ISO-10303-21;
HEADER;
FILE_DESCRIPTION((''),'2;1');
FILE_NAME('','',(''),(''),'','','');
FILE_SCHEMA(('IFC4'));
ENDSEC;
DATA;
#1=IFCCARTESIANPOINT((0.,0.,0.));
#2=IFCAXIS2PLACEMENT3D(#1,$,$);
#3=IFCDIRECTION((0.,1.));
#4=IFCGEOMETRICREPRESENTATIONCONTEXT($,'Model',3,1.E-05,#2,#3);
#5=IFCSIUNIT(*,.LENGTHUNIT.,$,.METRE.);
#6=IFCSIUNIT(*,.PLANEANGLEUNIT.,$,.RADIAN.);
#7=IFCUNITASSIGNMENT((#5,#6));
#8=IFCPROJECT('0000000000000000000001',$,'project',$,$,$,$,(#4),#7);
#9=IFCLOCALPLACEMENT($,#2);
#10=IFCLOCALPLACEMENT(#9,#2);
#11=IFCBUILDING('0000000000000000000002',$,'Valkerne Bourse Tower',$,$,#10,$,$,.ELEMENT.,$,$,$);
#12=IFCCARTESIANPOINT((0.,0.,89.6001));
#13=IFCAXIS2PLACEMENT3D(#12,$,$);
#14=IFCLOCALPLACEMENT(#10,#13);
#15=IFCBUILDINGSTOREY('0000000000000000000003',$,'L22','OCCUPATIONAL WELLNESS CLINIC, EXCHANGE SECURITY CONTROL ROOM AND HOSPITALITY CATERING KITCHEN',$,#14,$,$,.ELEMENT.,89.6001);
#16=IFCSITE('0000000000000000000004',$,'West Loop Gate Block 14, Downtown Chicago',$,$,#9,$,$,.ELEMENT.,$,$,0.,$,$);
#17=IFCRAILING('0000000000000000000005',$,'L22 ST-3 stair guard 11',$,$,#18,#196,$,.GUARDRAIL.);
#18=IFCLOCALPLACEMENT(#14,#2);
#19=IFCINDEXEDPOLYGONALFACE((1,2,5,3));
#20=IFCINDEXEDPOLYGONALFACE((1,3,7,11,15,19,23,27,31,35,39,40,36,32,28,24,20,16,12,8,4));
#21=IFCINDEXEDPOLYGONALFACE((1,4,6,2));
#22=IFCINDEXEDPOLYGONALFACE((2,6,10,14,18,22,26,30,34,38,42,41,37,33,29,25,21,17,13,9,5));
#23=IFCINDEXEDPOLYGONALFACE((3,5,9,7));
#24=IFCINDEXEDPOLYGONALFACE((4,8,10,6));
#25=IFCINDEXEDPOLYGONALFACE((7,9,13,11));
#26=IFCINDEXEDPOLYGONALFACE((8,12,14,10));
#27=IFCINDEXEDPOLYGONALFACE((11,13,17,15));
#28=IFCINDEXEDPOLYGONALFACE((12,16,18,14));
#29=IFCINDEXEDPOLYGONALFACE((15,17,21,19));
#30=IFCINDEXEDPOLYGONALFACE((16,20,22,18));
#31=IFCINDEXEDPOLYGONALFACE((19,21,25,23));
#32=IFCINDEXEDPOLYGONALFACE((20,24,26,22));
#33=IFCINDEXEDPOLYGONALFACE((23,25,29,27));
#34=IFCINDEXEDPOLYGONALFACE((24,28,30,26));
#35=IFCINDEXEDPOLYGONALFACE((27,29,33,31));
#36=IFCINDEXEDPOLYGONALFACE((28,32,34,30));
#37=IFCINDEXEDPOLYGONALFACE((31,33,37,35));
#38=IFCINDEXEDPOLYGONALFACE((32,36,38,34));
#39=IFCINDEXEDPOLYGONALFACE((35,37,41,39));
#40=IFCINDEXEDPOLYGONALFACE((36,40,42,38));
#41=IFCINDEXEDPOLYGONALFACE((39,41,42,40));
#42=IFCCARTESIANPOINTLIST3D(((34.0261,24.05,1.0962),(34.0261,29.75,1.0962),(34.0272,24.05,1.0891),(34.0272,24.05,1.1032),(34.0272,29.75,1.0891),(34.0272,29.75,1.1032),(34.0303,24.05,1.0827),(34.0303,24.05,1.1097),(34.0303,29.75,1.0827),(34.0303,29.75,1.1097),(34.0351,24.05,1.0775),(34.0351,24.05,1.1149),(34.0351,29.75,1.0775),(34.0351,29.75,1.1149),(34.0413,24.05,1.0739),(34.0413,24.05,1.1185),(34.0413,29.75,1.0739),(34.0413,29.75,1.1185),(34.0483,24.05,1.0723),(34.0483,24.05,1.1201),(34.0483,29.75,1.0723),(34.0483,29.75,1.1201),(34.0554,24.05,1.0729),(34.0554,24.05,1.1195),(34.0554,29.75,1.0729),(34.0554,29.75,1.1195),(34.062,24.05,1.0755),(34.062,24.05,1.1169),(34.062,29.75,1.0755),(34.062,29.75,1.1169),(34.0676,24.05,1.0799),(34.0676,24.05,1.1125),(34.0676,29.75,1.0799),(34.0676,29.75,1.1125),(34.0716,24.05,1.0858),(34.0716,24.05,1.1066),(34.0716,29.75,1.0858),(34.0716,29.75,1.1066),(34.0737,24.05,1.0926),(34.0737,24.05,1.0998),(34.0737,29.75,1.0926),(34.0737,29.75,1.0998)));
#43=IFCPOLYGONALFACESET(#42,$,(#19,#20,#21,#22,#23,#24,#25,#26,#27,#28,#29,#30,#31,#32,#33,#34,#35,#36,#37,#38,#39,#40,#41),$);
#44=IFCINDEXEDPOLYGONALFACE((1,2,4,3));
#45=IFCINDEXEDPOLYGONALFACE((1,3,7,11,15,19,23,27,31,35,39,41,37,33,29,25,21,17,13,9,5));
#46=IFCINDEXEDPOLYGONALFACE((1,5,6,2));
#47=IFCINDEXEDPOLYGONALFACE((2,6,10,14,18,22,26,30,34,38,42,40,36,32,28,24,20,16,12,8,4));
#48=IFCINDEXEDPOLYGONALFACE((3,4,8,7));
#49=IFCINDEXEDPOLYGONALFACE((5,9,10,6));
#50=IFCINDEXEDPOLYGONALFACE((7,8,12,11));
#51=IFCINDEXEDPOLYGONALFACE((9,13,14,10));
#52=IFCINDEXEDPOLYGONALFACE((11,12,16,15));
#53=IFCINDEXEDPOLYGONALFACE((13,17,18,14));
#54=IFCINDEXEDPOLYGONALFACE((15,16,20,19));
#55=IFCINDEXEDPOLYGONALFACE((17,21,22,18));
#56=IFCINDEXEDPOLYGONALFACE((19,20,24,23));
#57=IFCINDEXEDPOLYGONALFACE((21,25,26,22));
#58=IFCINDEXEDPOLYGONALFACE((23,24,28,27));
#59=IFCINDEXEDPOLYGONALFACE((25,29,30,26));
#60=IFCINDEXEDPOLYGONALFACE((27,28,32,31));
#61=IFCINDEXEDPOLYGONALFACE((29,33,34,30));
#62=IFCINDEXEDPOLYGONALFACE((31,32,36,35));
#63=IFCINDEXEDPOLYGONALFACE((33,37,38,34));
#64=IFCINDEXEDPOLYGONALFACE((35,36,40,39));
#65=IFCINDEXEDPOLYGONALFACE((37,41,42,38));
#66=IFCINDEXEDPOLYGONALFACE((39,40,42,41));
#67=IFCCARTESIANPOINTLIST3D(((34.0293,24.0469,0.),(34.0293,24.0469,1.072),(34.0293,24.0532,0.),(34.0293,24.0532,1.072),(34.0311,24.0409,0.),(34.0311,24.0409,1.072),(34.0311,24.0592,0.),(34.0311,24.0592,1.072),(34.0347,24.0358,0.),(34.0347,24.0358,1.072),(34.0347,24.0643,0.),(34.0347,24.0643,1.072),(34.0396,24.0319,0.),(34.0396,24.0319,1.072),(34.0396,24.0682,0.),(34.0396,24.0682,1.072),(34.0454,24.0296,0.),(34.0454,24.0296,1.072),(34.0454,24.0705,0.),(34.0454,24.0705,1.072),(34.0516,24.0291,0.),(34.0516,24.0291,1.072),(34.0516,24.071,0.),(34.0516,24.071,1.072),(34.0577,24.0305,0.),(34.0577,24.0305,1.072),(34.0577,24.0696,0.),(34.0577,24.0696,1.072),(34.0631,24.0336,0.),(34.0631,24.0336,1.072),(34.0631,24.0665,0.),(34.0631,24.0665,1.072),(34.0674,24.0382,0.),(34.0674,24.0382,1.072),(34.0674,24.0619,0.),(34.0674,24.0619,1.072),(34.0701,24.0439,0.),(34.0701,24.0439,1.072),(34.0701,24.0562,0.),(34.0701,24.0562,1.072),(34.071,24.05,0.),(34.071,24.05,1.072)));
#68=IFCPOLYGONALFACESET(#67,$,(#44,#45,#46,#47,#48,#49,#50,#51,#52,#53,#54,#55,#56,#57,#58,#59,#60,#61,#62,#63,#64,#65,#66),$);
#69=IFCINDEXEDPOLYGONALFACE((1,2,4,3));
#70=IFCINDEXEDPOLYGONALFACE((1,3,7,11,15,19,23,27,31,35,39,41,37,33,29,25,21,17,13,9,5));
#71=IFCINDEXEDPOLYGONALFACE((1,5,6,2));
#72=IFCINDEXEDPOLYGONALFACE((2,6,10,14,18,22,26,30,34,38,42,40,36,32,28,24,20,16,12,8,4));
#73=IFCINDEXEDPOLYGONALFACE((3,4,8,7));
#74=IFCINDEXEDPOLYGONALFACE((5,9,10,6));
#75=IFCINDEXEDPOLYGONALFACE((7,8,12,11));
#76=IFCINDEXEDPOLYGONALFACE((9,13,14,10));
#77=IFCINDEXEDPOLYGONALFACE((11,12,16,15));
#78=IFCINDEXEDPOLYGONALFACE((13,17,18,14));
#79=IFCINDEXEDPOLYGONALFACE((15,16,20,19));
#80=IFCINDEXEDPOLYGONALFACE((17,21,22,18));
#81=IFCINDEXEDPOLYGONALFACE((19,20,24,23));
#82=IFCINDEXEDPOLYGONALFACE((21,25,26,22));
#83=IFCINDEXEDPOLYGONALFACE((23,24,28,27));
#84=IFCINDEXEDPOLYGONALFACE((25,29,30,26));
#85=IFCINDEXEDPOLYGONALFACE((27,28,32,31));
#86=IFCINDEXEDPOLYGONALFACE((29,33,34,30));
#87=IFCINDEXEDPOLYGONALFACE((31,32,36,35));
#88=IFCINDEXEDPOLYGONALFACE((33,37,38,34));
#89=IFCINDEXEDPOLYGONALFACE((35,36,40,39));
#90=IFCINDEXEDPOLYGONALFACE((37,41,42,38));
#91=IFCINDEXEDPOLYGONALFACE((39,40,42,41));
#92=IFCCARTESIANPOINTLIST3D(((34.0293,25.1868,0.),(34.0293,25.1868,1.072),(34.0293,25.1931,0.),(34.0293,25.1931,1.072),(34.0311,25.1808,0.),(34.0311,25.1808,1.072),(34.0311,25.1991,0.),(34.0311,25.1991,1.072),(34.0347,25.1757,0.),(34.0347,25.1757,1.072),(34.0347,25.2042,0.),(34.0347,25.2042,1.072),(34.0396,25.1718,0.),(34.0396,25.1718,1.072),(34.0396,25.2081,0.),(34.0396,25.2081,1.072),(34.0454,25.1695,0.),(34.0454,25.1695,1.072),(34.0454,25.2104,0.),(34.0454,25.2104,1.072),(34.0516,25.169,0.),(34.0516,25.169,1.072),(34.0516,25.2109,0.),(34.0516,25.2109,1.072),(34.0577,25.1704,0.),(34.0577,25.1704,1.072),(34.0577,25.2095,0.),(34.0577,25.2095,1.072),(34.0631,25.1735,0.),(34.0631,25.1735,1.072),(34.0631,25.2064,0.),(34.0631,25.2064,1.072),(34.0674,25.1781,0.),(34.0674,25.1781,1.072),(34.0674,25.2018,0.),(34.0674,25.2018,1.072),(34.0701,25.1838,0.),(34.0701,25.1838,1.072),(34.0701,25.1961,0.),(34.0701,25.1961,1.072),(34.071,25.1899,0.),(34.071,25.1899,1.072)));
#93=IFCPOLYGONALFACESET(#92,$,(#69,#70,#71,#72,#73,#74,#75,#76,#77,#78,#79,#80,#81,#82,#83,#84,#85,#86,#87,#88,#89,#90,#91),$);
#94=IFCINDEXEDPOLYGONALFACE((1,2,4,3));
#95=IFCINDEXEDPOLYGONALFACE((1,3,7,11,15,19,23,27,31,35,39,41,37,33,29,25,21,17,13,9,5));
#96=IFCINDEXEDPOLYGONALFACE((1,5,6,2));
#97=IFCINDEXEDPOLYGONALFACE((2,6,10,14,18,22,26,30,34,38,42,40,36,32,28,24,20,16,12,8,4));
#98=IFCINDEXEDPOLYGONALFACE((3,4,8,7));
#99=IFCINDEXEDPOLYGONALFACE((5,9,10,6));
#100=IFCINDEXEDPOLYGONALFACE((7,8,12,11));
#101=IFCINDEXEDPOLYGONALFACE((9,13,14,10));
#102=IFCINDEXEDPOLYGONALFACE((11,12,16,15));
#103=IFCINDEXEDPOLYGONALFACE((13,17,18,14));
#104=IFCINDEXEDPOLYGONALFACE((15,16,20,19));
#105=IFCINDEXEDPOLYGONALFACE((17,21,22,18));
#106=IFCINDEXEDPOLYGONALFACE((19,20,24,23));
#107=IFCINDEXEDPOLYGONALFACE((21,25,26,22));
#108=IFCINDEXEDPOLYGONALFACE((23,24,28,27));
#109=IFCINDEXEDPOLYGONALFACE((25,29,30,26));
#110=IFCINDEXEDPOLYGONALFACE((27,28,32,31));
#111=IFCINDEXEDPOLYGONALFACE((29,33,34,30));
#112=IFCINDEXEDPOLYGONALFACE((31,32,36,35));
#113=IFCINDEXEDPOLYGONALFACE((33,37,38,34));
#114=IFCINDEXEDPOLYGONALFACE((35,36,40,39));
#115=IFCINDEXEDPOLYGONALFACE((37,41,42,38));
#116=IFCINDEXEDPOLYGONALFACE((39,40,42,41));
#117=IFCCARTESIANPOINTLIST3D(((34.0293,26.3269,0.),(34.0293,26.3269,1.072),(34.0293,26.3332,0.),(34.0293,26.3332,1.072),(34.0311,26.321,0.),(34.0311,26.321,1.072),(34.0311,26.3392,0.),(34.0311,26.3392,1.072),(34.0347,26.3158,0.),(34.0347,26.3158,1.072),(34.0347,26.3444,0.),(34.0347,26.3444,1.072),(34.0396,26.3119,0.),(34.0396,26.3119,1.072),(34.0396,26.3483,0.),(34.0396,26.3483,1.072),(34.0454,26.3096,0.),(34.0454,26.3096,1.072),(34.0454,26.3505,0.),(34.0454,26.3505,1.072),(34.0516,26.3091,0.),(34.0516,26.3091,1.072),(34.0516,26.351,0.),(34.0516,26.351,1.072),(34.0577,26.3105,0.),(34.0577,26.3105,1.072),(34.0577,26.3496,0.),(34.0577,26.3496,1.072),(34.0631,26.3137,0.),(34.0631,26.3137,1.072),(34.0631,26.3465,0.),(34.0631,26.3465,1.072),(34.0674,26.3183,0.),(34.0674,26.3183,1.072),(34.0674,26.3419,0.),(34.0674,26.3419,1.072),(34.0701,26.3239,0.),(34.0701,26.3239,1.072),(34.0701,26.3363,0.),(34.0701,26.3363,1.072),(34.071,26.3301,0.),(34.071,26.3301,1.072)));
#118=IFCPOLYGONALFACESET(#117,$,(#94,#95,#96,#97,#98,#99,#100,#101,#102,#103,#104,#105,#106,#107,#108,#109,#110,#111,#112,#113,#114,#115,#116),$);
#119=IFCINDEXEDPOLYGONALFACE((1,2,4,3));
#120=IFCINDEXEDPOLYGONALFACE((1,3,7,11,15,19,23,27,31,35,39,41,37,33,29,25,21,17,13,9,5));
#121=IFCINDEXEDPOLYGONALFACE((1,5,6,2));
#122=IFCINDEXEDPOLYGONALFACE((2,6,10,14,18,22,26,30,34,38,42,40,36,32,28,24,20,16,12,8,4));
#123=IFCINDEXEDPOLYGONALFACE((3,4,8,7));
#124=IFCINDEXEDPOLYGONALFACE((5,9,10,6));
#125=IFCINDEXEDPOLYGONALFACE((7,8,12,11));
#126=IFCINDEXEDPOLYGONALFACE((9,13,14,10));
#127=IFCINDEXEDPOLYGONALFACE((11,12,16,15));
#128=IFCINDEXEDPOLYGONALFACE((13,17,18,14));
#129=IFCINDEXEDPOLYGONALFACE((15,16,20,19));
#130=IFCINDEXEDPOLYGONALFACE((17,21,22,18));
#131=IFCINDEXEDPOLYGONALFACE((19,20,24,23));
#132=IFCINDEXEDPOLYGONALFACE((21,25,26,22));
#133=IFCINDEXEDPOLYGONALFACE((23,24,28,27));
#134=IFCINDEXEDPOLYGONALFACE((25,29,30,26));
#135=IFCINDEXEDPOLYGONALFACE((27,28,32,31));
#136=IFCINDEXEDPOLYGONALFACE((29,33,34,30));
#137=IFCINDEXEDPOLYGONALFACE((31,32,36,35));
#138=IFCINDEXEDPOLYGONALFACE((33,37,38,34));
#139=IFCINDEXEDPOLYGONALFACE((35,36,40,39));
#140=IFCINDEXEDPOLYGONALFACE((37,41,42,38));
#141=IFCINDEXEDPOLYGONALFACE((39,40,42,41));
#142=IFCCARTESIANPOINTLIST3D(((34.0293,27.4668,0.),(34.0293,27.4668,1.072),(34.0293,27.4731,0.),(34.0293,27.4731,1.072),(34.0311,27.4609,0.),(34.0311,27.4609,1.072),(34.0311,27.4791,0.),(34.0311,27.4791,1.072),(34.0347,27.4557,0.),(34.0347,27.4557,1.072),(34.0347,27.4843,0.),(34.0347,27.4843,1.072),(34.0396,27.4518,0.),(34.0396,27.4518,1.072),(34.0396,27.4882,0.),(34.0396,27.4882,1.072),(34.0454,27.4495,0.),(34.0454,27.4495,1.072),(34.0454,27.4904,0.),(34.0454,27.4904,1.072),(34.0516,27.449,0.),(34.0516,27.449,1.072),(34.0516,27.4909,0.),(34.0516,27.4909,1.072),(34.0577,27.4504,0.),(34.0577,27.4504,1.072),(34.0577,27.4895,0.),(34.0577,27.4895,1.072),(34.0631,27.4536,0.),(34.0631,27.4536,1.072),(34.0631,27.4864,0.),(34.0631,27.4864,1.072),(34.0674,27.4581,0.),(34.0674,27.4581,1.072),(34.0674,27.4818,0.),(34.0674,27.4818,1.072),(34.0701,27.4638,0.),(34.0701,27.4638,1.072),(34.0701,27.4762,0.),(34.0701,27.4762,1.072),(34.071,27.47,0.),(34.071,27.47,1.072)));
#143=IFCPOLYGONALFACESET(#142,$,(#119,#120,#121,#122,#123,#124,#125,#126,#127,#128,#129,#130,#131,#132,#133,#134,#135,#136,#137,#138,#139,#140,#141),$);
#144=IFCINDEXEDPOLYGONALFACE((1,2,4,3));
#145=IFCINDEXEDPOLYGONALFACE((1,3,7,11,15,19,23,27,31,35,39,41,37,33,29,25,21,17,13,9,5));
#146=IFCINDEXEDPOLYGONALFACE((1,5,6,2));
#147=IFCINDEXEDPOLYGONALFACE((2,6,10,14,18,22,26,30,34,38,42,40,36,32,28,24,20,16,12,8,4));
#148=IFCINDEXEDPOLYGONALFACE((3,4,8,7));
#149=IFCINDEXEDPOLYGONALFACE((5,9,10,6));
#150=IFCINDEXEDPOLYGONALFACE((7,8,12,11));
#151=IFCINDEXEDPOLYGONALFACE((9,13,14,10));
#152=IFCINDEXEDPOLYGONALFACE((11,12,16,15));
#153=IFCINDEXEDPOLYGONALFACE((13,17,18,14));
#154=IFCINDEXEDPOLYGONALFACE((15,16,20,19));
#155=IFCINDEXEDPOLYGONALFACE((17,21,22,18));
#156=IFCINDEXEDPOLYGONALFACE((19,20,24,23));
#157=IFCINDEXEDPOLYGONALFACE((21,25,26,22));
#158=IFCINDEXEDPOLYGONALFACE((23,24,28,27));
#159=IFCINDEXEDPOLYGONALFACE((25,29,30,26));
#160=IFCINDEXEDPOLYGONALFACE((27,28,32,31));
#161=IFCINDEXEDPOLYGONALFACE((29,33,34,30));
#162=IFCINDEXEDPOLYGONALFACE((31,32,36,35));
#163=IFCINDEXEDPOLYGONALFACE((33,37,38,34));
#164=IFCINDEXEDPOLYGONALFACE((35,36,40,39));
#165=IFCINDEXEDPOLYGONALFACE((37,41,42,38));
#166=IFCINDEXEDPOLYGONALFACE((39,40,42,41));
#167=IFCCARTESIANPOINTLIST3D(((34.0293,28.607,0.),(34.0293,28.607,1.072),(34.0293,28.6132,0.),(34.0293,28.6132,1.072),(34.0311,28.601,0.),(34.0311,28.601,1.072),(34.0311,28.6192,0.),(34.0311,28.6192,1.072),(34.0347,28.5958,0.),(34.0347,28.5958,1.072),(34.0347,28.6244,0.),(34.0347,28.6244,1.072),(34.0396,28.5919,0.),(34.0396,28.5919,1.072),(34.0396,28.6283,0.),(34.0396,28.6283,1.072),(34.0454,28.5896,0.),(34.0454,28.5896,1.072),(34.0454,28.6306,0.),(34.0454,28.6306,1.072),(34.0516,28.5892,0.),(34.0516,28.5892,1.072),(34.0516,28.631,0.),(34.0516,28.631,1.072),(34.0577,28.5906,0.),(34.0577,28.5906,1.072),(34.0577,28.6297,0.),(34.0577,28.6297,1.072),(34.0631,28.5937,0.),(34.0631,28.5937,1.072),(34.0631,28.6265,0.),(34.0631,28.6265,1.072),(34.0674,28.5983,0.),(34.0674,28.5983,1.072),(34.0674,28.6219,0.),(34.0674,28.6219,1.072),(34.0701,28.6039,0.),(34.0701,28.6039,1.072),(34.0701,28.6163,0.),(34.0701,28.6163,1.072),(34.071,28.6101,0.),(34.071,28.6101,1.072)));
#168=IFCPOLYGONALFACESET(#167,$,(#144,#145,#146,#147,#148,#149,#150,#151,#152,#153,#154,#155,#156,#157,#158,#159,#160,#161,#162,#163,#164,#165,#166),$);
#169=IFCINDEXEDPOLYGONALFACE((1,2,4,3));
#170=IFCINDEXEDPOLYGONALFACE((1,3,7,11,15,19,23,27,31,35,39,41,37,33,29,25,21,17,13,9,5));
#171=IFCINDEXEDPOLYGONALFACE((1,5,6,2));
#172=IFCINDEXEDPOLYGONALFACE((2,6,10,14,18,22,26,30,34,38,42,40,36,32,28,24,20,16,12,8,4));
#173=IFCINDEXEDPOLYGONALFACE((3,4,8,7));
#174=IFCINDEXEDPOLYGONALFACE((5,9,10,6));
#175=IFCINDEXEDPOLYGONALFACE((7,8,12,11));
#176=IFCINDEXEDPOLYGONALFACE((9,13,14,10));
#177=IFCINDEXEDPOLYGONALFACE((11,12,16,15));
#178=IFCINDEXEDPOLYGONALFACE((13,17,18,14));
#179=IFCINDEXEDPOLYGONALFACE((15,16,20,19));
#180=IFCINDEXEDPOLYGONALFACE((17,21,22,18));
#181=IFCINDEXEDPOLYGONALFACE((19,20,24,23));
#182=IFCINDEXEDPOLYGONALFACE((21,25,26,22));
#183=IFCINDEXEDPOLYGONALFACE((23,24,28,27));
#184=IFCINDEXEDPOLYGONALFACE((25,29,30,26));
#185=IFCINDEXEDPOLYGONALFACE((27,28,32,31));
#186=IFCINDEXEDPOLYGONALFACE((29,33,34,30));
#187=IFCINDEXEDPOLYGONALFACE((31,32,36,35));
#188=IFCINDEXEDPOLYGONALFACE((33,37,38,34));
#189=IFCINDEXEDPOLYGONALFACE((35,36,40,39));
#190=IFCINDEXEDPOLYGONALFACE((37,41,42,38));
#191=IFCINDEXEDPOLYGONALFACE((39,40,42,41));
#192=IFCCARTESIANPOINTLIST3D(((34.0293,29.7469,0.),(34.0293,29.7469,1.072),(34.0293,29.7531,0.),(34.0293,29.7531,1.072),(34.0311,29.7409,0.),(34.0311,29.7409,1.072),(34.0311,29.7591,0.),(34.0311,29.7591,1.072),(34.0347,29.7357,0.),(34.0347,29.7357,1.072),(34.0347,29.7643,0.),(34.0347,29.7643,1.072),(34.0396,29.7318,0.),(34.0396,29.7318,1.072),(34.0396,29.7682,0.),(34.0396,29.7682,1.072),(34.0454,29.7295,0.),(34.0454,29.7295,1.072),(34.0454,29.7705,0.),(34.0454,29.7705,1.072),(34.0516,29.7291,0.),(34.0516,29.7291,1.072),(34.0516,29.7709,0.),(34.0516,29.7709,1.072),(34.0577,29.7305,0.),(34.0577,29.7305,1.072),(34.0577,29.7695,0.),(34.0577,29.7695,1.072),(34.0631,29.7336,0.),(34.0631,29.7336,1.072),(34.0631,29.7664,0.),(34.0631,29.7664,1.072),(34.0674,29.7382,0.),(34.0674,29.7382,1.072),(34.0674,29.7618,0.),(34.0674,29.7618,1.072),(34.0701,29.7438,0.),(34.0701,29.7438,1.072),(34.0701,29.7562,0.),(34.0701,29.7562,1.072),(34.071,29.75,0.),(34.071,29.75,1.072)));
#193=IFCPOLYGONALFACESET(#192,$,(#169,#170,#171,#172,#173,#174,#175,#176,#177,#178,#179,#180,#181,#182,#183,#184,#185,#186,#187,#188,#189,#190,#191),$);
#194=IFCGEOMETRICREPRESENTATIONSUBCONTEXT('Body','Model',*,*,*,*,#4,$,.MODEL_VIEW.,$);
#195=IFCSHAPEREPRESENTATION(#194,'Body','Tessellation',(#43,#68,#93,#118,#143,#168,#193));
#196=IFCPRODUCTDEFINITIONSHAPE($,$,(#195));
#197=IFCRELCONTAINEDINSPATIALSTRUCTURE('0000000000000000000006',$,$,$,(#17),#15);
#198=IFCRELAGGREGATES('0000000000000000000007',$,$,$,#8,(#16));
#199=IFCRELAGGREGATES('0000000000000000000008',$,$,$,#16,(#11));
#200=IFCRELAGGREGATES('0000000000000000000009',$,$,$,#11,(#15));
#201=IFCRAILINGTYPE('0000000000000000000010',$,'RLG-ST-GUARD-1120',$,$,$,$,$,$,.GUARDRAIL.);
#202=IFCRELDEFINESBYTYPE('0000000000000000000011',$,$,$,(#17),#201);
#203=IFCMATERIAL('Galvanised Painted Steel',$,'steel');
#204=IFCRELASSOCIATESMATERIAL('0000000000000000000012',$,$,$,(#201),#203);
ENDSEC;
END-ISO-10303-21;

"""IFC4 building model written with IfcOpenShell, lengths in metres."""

from ifc_helpers import new_model, si_unit, direction, frame, origin, origin_2d, place, context, subcontext, project, spatial, circle, extrude, material, type_object, element, save


model = new_model("IFC4")

# Units and contexts
model_context = context("Model", 3, precision=1e-05, world=origin(), true_north=direction((0.0, 1.0)))
body_context = subcontext(model_context, "Body", "Model", "MODEL_VIEW")
ifc_project = project(units=[si_unit("LENGTHUNIT", "METRE"), si_unit("PLANEANGLEUNIT", "RADIAN")], contexts=[model_context])

# Site, building, storey
site_placement = place(None, origin())
site = spatial("IfcSite", under=ifc_project, at=site_placement, Name="West Loop Gate Block 14, Downtown Chicago", CompositionType="ELEMENT", RefElevation=0.0)
building_placement = place(site_placement, origin())
building = spatial("IfcBuilding", under=site, at=building_placement, Name="Valkerne Bourse Tower", CompositionType="ELEMENT")
storey_placement = place(building_placement, frame((0.0, 0.0, 89.6001)))
storey = spatial("IfcBuildingStorey", under=building, at=storey_placement, Name="L22", Description="OCCUPATIONAL WELLNESS CLINIC, EXCHANGE SECURITY CONTROL ROOM AND HOSPITALITY CATERING KITCHEN", CompositionType="ELEMENT", Elevation=89.6001)

# Shared definitions
ifc_material_1 = material(Name="Galvanised Painted Steel", Category="steel")

# Railing
railing_type_1 = type_object("IfcRailingType", Name="RLG-ST-GUARD-1120", PredefinedType="GUARDRAIL", material=ifc_material_1)
for number, where, name in (
    (1, (34.05, 24.05, 0.0), "L22 ST-3 stair guard 11"),
):
    element("IfcRailing", number, at=place(storey_placement, frame(where)), inside=storey, type_object=railing_type_1, Name=name, PredefinedType="GUARDRAIL", context=body_context, shape_type="SweptSolid", body=[
        extrude(circle(Radius=0.0239, at=origin_2d()), frame((0.0, 0.0, 1.0962), z_axis=(0.0, 1.0, 0.0), x_axis=(-1.0, 0.0, 0.0)), (0.0, 0.0, 1.0), 5.7),
        extrude(circle(Radius=0.021, at=origin_2d()), origin(), (0.0, 0.0, 1.0), 1.072),
        extrude(circle(Radius=0.021, at=origin_2d()), frame((0.0, 1.1399, 0.0)), (0.0, 0.0, 1.0), 1.072),
        extrude(circle(Radius=0.021, at=origin_2d()), frame((0.0, 2.28, 0.0)), (0.0, 0.0, 1.0), 1.072),
        extrude(circle(Radius=0.021, at=origin_2d()), frame((0.0, 3.4199, 0.0)), (0.0, 0.0, 1.0), 1.072),
        extrude(circle(Radius=0.021, at=origin_2d()), frame((0.0, 4.5601, 0.0)), (0.0, 0.0, 1.0), 1.072),
        extrude(circle(Radius=0.021, at=origin_2d()), frame((0.0, 5.7, 0.0)), (0.0, 0.0, 1.0), 1.072),
    ])

save(model, "model.ifc")
